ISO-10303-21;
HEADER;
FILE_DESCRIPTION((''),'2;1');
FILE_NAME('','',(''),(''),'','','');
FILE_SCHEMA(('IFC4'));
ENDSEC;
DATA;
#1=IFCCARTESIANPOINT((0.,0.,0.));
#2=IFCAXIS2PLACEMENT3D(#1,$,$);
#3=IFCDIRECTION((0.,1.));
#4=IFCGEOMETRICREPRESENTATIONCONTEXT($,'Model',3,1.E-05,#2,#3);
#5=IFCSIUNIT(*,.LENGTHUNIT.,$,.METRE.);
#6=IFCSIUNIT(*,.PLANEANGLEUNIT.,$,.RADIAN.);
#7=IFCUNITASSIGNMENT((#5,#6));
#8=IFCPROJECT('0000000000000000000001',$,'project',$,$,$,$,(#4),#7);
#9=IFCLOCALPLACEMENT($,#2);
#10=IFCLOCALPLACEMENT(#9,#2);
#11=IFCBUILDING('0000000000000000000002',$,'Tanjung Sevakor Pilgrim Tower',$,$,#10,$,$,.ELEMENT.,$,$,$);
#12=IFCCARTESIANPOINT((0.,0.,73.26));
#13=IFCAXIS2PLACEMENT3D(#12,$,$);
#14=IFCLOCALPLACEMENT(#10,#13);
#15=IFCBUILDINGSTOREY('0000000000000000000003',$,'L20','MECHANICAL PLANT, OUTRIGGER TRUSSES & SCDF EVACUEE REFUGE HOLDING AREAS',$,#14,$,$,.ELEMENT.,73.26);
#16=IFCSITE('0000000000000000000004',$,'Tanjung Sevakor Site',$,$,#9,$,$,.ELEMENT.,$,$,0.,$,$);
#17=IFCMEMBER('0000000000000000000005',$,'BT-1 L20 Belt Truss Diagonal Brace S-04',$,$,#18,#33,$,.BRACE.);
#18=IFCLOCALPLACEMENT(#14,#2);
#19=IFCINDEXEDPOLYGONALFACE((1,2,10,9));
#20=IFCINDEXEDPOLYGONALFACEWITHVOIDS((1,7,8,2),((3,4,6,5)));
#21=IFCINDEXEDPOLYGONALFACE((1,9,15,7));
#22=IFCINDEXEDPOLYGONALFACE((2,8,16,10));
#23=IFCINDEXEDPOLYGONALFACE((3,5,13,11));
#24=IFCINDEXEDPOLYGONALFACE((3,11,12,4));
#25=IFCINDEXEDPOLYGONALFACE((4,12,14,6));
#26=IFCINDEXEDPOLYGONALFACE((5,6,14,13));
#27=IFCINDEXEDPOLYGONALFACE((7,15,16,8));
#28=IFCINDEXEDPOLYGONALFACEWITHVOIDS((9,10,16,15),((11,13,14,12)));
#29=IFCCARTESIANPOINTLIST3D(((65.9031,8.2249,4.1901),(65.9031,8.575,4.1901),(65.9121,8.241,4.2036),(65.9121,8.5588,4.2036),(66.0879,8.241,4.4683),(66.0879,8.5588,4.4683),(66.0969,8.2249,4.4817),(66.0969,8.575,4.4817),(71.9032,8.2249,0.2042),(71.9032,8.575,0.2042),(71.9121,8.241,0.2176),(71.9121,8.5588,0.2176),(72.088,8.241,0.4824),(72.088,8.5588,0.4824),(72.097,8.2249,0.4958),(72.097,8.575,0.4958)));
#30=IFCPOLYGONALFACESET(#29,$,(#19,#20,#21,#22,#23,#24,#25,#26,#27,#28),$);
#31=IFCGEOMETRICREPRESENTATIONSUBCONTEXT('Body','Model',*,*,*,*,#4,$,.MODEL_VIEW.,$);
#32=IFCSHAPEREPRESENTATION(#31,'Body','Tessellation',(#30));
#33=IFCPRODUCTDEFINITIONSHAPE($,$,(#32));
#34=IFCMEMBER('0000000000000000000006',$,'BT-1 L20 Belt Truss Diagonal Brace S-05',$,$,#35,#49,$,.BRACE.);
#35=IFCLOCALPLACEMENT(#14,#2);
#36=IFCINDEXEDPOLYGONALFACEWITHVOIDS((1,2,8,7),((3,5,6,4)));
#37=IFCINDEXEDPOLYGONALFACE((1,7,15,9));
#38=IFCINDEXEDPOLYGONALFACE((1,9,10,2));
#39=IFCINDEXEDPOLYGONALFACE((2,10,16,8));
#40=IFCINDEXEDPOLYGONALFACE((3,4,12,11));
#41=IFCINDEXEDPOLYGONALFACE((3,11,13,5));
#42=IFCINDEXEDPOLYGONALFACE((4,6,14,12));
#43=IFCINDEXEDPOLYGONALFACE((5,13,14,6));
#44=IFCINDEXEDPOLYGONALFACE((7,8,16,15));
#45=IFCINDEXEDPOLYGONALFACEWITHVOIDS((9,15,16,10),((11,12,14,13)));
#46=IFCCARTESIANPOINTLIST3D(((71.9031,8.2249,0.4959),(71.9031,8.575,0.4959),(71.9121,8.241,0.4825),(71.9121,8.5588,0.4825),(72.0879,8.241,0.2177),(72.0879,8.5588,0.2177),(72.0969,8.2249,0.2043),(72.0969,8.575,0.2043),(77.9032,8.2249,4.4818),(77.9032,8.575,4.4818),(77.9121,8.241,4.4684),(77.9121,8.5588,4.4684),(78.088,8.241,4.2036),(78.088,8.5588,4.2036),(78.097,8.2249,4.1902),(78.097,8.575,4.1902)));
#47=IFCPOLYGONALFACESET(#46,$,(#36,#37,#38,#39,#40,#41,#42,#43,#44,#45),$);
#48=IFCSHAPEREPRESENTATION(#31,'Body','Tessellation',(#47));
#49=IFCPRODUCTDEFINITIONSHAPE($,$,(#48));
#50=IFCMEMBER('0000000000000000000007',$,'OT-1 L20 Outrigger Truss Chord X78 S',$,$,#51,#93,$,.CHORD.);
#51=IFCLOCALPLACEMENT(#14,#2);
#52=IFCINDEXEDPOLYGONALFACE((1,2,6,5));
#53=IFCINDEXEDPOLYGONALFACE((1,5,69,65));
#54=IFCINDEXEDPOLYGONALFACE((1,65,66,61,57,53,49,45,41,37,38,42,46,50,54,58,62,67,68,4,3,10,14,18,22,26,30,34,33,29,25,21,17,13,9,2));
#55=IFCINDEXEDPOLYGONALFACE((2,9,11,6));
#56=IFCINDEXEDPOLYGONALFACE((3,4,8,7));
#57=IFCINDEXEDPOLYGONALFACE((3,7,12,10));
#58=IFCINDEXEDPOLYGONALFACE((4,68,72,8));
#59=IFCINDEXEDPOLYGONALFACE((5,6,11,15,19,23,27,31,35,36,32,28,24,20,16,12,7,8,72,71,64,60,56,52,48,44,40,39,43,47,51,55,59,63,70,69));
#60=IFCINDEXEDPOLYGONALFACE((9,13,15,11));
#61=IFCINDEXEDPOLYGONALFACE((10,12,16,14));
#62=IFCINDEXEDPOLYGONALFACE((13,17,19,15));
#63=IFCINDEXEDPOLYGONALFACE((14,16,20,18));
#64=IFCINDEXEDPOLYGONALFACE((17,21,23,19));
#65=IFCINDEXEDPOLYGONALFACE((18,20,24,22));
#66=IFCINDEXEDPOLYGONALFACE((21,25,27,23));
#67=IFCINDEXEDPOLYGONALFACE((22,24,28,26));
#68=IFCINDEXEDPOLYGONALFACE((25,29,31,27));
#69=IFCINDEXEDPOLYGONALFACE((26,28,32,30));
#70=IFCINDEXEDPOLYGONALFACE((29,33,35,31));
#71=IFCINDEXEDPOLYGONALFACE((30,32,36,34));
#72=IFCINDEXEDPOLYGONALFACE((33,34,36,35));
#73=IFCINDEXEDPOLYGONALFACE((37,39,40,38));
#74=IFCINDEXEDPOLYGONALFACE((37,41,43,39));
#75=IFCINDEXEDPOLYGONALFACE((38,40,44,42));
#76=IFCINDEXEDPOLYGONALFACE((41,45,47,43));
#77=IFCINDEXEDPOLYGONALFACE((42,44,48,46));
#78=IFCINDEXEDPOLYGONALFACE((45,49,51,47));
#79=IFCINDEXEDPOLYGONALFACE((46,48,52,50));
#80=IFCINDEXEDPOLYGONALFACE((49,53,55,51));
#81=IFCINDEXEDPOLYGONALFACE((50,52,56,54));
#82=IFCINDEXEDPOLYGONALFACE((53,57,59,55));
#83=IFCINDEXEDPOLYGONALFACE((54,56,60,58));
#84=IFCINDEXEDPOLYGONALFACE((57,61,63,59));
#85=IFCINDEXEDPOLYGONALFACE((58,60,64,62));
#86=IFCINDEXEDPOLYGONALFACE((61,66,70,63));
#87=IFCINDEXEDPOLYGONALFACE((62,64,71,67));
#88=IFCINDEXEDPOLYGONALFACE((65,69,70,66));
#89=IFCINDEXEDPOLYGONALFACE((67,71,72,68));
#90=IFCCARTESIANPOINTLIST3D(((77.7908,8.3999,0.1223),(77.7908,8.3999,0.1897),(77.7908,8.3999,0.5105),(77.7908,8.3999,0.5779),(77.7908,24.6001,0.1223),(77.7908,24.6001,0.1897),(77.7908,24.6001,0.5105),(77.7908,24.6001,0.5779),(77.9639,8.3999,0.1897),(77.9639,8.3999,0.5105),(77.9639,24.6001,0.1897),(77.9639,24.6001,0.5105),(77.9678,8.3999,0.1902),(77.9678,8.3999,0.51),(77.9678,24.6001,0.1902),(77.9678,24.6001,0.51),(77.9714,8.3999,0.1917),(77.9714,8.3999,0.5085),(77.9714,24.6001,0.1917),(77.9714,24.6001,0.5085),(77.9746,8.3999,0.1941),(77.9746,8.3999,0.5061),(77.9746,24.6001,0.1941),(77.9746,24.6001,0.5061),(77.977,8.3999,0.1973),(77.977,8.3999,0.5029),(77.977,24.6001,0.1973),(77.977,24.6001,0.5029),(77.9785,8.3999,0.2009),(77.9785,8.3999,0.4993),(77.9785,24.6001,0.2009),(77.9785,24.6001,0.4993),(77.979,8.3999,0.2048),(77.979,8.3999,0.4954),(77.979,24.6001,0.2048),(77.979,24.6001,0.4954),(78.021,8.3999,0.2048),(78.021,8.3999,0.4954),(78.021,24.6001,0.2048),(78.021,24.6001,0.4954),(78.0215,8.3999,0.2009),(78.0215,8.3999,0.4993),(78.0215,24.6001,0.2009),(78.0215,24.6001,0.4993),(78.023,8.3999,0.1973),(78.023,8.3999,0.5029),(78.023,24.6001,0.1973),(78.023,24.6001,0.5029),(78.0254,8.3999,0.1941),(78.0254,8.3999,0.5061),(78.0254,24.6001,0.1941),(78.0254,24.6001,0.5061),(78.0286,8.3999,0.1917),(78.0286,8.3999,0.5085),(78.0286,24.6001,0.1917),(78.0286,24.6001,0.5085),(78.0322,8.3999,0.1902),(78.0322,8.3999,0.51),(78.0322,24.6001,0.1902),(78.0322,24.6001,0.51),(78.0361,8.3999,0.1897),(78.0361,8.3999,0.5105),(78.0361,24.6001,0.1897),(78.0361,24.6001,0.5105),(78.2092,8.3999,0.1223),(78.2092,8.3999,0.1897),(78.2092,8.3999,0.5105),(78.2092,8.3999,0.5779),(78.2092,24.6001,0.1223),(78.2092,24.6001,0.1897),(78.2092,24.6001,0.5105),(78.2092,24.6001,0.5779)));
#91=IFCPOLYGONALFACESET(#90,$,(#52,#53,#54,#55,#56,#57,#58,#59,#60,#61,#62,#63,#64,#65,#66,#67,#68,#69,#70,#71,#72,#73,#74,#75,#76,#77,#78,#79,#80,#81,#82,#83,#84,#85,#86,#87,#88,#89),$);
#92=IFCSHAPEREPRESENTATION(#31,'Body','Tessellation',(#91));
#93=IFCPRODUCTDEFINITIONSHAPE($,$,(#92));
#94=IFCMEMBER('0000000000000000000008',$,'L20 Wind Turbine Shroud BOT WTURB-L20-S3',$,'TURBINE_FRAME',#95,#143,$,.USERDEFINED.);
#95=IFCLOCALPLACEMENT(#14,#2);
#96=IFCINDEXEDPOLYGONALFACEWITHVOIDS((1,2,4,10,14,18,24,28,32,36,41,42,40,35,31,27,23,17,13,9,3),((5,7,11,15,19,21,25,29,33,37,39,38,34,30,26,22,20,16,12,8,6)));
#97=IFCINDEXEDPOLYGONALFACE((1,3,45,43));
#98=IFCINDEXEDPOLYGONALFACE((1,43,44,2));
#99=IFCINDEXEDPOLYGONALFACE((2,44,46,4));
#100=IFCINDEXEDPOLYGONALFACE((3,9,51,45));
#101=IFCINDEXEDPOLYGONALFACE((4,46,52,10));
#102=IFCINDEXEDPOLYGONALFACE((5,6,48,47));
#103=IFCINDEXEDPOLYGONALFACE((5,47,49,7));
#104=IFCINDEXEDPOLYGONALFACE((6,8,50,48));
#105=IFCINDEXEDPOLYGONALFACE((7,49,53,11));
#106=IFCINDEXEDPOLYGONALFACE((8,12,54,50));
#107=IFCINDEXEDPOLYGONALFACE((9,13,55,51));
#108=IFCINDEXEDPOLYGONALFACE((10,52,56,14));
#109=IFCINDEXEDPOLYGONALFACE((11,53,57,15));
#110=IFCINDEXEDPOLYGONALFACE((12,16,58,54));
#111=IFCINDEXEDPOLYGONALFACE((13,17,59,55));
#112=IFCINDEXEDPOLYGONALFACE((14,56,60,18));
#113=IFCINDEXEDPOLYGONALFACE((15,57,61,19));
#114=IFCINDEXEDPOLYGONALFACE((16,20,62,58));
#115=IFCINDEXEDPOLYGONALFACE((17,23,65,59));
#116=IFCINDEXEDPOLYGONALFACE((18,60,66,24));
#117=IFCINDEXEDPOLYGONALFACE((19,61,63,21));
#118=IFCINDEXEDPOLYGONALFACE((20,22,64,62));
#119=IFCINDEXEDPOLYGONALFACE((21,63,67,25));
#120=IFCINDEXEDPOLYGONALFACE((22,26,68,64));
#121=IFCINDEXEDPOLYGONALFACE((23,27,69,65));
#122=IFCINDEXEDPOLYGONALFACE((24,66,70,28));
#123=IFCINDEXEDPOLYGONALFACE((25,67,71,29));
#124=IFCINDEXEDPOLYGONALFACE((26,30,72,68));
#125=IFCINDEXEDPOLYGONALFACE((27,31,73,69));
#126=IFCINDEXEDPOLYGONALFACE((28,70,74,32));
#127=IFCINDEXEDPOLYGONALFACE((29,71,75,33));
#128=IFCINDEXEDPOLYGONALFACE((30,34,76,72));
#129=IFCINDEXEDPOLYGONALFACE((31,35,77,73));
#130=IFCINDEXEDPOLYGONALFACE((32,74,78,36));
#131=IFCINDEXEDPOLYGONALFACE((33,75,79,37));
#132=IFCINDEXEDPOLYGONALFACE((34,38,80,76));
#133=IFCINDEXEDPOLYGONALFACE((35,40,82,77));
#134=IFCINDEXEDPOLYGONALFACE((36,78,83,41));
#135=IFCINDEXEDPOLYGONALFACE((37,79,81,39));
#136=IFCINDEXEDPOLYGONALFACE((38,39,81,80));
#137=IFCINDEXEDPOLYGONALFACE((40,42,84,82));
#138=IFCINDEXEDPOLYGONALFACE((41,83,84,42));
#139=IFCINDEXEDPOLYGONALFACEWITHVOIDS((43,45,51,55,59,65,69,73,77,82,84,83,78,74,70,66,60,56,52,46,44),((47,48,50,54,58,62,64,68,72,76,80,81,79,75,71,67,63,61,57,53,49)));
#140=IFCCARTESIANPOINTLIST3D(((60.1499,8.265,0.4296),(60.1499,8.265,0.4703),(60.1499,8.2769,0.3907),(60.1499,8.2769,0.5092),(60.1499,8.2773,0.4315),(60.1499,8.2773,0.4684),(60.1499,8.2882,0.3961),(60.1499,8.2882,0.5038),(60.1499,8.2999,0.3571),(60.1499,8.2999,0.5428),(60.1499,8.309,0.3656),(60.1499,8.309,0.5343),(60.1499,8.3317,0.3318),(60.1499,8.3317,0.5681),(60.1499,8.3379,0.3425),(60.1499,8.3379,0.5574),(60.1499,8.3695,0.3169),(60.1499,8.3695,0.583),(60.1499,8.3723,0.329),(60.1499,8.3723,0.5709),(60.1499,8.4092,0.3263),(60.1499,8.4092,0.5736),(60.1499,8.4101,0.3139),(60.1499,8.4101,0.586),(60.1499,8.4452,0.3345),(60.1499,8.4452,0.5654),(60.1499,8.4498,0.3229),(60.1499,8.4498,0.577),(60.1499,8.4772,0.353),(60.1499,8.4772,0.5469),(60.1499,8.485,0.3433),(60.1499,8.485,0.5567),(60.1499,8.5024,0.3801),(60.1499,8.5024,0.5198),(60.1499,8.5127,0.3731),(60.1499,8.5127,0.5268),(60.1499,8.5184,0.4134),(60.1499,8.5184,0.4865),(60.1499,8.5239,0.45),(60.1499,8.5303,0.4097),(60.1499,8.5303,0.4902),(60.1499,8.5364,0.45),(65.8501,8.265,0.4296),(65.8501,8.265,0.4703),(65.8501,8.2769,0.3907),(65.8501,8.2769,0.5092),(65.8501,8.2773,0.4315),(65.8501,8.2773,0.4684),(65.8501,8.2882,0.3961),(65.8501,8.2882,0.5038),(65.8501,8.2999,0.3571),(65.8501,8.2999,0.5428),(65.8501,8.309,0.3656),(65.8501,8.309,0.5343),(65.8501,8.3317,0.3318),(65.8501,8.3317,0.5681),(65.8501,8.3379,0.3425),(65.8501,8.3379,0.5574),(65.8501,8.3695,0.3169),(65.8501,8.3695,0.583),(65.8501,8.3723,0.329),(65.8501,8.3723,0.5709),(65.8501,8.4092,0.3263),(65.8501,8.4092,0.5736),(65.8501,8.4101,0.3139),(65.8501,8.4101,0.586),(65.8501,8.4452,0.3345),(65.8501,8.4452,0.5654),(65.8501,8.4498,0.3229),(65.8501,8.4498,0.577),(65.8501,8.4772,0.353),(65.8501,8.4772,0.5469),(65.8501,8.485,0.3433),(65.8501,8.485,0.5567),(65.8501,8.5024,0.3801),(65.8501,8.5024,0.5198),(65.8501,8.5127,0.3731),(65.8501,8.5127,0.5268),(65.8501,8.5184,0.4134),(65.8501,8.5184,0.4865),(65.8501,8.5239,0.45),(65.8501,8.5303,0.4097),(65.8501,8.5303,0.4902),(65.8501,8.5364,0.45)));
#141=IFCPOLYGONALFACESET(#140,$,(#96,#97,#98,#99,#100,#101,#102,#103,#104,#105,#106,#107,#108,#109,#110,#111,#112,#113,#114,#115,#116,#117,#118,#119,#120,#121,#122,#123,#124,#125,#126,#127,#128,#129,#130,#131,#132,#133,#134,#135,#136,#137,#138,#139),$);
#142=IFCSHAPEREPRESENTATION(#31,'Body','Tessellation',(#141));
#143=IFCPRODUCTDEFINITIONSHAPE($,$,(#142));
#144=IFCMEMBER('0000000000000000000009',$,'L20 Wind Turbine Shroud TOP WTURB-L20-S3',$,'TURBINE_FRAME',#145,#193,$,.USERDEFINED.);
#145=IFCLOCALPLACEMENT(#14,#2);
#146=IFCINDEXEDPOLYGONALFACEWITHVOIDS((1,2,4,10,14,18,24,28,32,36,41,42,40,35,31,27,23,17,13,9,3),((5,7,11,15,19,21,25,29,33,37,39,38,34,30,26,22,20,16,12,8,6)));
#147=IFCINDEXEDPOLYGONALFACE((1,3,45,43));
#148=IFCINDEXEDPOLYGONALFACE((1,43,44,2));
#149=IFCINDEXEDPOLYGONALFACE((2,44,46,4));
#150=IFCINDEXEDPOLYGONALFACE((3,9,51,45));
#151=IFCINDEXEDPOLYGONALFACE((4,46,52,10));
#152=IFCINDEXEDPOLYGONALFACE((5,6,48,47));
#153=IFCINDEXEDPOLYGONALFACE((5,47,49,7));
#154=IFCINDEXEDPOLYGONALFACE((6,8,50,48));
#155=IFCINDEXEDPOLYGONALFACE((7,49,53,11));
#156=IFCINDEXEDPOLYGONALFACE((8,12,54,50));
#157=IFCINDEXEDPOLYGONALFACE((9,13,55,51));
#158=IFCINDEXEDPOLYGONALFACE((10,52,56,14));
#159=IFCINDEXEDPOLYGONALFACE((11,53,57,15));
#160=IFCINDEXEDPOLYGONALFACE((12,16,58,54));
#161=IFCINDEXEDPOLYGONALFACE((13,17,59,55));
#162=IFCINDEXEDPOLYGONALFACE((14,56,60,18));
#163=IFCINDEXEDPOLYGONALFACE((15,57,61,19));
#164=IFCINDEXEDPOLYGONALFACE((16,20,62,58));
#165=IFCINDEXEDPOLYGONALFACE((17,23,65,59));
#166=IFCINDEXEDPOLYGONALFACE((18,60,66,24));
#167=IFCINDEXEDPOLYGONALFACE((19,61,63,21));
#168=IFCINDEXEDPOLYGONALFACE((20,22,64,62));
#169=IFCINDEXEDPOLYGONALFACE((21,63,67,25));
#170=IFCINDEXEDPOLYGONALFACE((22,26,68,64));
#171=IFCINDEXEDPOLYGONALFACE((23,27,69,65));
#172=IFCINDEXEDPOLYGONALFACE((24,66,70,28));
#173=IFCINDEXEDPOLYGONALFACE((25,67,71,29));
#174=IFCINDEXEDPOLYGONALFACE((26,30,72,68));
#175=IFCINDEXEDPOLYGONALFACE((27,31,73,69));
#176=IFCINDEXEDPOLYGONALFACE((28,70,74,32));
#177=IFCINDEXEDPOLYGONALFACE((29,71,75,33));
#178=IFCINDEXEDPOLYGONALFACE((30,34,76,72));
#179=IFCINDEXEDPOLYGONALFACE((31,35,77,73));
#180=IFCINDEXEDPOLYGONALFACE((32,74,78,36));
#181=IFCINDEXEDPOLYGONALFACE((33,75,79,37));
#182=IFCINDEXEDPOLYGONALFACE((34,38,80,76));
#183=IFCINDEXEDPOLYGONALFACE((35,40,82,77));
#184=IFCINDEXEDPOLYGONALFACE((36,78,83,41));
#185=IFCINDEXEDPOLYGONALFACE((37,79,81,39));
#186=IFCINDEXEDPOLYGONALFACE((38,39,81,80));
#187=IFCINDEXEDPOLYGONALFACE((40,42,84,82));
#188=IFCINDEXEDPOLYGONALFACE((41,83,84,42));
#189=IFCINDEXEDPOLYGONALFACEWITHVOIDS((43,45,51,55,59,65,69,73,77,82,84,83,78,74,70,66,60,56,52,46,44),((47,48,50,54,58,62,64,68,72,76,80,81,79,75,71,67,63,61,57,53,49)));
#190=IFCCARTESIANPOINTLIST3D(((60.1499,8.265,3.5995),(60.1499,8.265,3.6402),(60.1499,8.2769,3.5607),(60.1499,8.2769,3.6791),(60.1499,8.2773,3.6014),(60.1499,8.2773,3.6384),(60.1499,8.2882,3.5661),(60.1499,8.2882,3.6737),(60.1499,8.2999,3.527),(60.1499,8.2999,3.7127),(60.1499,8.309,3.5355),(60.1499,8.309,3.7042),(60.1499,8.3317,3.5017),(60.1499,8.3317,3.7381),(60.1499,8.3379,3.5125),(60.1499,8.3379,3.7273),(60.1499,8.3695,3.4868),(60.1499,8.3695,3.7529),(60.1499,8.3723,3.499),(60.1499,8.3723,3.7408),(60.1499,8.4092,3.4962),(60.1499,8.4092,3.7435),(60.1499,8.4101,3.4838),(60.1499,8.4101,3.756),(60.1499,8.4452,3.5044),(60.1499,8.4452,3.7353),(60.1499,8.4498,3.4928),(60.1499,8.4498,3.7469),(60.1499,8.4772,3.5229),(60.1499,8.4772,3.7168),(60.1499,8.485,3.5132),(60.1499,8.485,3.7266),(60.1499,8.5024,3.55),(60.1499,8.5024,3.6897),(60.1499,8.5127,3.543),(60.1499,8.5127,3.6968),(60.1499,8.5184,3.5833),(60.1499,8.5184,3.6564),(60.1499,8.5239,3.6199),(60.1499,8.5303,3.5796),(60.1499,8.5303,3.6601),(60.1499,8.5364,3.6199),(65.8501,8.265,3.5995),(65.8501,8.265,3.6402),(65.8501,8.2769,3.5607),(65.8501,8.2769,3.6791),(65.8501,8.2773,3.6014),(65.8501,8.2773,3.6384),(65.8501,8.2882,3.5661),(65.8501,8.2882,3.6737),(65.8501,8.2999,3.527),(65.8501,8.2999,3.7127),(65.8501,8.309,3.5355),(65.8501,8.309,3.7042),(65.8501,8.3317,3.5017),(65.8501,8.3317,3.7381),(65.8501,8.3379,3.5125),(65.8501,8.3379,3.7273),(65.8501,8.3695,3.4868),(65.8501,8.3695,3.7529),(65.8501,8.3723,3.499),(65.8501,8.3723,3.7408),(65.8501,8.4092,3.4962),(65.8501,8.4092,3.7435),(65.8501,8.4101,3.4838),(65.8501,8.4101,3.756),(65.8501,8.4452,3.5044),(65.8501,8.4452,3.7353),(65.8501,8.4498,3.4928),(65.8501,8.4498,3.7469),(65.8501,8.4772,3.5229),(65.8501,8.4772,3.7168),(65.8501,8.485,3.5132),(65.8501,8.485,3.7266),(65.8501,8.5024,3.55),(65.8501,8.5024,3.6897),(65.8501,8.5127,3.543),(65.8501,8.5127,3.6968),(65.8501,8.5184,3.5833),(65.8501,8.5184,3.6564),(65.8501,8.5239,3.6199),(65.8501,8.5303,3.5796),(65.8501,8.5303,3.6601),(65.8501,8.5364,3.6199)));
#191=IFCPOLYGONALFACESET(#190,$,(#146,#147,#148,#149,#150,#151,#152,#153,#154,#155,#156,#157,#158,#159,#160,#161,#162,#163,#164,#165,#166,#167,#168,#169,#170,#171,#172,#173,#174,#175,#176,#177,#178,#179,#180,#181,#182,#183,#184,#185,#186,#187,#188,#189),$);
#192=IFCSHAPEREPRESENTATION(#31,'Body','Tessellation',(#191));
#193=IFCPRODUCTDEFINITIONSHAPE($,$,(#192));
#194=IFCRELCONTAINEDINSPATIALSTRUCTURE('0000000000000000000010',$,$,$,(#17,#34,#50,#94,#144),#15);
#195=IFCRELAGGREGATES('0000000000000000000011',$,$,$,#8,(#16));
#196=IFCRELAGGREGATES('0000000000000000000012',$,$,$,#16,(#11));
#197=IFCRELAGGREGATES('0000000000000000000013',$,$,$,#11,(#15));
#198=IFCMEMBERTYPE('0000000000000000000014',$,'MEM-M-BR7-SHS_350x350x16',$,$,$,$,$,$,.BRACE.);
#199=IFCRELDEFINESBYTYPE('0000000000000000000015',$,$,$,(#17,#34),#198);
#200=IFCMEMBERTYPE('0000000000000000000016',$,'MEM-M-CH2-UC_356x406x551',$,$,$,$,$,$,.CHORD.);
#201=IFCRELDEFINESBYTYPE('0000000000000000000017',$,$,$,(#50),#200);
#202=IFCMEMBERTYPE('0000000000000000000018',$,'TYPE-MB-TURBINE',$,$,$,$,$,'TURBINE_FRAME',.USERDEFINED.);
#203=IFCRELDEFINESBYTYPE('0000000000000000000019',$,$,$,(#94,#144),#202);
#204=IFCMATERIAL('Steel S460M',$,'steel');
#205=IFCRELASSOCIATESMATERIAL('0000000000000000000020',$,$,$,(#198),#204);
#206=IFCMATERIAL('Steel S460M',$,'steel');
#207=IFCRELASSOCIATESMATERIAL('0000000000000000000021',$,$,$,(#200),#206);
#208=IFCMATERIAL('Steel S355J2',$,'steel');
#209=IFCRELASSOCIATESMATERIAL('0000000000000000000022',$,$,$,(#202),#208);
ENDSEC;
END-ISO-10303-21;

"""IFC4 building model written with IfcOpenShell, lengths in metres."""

from ifc_helpers import new_model, si_unit, direction, frame, origin, origin_2d, place, context, subcontext, project, spatial, hollow_rectangle, hollow_circle, i_section, extrude, material, material_profile, profile_set, type_object, element, save


model = new_model("IFC4")

# Units and contexts
model_context = context("Model", 3, precision=1e-05, world=origin(), true_north=direction((0.0, 1.0)))
body_context = subcontext(model_context, "Body", "Model", "MODEL_VIEW")
ifc_project = project(units=[si_unit("LENGTHUNIT", "METRE"), si_unit("PLANEANGLEUNIT", "RADIAN")], contexts=[model_context])

# Site, building, storey
site_placement = place(None, origin())
site = spatial("IfcSite", under=ifc_project, at=site_placement, Name="Tanjung Sevakor Site", CompositionType="ELEMENT", RefElevation=0.0)
building_placement = place(site_placement, origin())
building = spatial("IfcBuilding", under=site, at=building_placement, Name="Tanjung Sevakor Pilgrim Tower", CompositionType="ELEMENT")
storey_placement = place(building_placement, frame((0.0, 0.0, 73.26)))
storey = spatial("IfcBuildingStorey", under=building, at=storey_placement, Name="L20", Description="MECHANICAL PLANT, OUTRIGGER TRUSSES & SCDF EVACUEE REFUGE HOLDING AREAS", CompositionType="ELEMENT", Elevation=73.26)

# Members
ifc_material_1 = material(Name="Steel S460M", Category="steel")
ifc_material_profile_1 = material_profile(ifc_material_1, hollow_rectangle(XDim=0.3501, YDim=0.3501, WallThickness=0.0161, at=origin_2d()))
ifc_profile_set_1 = profile_set([ifc_material_profile_1], Name="Steel S460M")
member_type_1 = type_object("IfcMemberType", Name="MEM-M-BR7-SHS_350x350x16", PredefinedType="BRACE", material=ifc_profile_set_1)
for number, where, z_axis, x_axis, name in (
    (1, (66.0, 8.3999, 4.3359), (0.832956, 0.0, -0.553339), (0.0, 1.0, 0.0), "BT-1 L20 Belt Truss Diagonal Brace S-04"),
    (2, (72.0, 8.3999, 0.3501), (0.832956, 0.0, 0.553339), (0.0, 1.0, 0.0), "BT-1 L20 Belt Truss Diagonal Brace S-05"),
):
    element("IfcMember", number, at=place(storey_placement, frame(where, z_axis=z_axis, x_axis=x_axis)), inside=storey, type_object=member_type_1, Name=name, PredefinedType="BRACE", context=body_context, shape_type="SweptSolid", body=[
        extrude(hollow_rectangle(XDim=0.3501, YDim=0.3501, WallThickness=0.0161, at=origin_2d()), origin(), (0.0, 0.0, 1.0), 7.2034),
    ])
ifc_material_2 = material(Name="Steel S460M", Category="steel")
ifc_material_profile_2 = material_profile(ifc_material_2, i_section(OverallWidth=0.4185, OverallDepth=0.4556, WebThickness=0.042, FlangeThickness=0.0674, FilletRadius=0.0151, at=origin_2d()))
ifc_profile_set_2 = profile_set([ifc_material_profile_2], Name="Steel S460M")
member_type_2 = type_object("IfcMemberType", Name="MEM-M-CH2-UC_356x406x551", PredefinedType="CHORD", material=ifc_profile_set_2)
member_placement = place(storey_placement, frame((78.0, 8.3999, 0.3501), z_axis=(0.0, 1.0, 0.0), x_axis=(-1.0, 0.0, 0.0)))
element("IfcMember", 3, at=member_placement, inside=storey, type_object=member_type_2, Name="OT-1 L20 Outrigger Truss Chord X78 S", PredefinedType="CHORD", context=body_context, shape_type="SweptSolid", body=[
    extrude(i_section(OverallWidth=0.4185, OverallDepth=0.4556, WebThickness=0.042, FlangeThickness=0.0674, FilletRadius=0.0151, at=origin_2d()), origin(), (0.0, 0.0, 1.0), 16.2002),
])
ifc_material_3 = material(Name="Steel S355J2", Category="steel")
ifc_material_profile_3 = material_profile(ifc_material_3, hollow_circle(Radius=0.1365, WallThickness=0.0125, at=origin_2d()))
ifc_profile_set_3 = profile_set([ifc_material_profile_3], Name="Steel S355J2")
member_type_3 = type_object("IfcMemberType", Name="TYPE-MB-TURBINE", ElementType="TURBINE_FRAME", PredefinedType="USERDEFINED", material=ifc_profile_set_3)
for number, where, z_axis, x_axis, name in (
    (4, (60.1499, 8.3999, 0.45), (1.0, 0.0, 0.0), (0.0, 1.0, 0.0), "L20 Wind Turbine Shroud BOT WTURB-L20-S3"),
    (5, (60.1499, 8.3999, 3.6199), (1.0, 0.0, 0.0), (0.0, 1.0, 0.0), "L20 Wind Turbine Shroud TOP WTURB-L20-S3"),
):
    element("IfcMember", number, at=place(storey_placement, frame(where, z_axis=z_axis, x_axis=x_axis)), inside=storey, type_object=member_type_3, Name=name, ObjectType="TURBINE_FRAME", PredefinedType="USERDEFINED", context=body_context, shape_type="SweptSolid", body=[
        extrude(hollow_circle(Radius=0.1365, WallThickness=0.0125, at=origin_2d()), origin(), (0.0, 0.0, 1.0), 5.7002),
    ])

save(model, "model.ifc")
